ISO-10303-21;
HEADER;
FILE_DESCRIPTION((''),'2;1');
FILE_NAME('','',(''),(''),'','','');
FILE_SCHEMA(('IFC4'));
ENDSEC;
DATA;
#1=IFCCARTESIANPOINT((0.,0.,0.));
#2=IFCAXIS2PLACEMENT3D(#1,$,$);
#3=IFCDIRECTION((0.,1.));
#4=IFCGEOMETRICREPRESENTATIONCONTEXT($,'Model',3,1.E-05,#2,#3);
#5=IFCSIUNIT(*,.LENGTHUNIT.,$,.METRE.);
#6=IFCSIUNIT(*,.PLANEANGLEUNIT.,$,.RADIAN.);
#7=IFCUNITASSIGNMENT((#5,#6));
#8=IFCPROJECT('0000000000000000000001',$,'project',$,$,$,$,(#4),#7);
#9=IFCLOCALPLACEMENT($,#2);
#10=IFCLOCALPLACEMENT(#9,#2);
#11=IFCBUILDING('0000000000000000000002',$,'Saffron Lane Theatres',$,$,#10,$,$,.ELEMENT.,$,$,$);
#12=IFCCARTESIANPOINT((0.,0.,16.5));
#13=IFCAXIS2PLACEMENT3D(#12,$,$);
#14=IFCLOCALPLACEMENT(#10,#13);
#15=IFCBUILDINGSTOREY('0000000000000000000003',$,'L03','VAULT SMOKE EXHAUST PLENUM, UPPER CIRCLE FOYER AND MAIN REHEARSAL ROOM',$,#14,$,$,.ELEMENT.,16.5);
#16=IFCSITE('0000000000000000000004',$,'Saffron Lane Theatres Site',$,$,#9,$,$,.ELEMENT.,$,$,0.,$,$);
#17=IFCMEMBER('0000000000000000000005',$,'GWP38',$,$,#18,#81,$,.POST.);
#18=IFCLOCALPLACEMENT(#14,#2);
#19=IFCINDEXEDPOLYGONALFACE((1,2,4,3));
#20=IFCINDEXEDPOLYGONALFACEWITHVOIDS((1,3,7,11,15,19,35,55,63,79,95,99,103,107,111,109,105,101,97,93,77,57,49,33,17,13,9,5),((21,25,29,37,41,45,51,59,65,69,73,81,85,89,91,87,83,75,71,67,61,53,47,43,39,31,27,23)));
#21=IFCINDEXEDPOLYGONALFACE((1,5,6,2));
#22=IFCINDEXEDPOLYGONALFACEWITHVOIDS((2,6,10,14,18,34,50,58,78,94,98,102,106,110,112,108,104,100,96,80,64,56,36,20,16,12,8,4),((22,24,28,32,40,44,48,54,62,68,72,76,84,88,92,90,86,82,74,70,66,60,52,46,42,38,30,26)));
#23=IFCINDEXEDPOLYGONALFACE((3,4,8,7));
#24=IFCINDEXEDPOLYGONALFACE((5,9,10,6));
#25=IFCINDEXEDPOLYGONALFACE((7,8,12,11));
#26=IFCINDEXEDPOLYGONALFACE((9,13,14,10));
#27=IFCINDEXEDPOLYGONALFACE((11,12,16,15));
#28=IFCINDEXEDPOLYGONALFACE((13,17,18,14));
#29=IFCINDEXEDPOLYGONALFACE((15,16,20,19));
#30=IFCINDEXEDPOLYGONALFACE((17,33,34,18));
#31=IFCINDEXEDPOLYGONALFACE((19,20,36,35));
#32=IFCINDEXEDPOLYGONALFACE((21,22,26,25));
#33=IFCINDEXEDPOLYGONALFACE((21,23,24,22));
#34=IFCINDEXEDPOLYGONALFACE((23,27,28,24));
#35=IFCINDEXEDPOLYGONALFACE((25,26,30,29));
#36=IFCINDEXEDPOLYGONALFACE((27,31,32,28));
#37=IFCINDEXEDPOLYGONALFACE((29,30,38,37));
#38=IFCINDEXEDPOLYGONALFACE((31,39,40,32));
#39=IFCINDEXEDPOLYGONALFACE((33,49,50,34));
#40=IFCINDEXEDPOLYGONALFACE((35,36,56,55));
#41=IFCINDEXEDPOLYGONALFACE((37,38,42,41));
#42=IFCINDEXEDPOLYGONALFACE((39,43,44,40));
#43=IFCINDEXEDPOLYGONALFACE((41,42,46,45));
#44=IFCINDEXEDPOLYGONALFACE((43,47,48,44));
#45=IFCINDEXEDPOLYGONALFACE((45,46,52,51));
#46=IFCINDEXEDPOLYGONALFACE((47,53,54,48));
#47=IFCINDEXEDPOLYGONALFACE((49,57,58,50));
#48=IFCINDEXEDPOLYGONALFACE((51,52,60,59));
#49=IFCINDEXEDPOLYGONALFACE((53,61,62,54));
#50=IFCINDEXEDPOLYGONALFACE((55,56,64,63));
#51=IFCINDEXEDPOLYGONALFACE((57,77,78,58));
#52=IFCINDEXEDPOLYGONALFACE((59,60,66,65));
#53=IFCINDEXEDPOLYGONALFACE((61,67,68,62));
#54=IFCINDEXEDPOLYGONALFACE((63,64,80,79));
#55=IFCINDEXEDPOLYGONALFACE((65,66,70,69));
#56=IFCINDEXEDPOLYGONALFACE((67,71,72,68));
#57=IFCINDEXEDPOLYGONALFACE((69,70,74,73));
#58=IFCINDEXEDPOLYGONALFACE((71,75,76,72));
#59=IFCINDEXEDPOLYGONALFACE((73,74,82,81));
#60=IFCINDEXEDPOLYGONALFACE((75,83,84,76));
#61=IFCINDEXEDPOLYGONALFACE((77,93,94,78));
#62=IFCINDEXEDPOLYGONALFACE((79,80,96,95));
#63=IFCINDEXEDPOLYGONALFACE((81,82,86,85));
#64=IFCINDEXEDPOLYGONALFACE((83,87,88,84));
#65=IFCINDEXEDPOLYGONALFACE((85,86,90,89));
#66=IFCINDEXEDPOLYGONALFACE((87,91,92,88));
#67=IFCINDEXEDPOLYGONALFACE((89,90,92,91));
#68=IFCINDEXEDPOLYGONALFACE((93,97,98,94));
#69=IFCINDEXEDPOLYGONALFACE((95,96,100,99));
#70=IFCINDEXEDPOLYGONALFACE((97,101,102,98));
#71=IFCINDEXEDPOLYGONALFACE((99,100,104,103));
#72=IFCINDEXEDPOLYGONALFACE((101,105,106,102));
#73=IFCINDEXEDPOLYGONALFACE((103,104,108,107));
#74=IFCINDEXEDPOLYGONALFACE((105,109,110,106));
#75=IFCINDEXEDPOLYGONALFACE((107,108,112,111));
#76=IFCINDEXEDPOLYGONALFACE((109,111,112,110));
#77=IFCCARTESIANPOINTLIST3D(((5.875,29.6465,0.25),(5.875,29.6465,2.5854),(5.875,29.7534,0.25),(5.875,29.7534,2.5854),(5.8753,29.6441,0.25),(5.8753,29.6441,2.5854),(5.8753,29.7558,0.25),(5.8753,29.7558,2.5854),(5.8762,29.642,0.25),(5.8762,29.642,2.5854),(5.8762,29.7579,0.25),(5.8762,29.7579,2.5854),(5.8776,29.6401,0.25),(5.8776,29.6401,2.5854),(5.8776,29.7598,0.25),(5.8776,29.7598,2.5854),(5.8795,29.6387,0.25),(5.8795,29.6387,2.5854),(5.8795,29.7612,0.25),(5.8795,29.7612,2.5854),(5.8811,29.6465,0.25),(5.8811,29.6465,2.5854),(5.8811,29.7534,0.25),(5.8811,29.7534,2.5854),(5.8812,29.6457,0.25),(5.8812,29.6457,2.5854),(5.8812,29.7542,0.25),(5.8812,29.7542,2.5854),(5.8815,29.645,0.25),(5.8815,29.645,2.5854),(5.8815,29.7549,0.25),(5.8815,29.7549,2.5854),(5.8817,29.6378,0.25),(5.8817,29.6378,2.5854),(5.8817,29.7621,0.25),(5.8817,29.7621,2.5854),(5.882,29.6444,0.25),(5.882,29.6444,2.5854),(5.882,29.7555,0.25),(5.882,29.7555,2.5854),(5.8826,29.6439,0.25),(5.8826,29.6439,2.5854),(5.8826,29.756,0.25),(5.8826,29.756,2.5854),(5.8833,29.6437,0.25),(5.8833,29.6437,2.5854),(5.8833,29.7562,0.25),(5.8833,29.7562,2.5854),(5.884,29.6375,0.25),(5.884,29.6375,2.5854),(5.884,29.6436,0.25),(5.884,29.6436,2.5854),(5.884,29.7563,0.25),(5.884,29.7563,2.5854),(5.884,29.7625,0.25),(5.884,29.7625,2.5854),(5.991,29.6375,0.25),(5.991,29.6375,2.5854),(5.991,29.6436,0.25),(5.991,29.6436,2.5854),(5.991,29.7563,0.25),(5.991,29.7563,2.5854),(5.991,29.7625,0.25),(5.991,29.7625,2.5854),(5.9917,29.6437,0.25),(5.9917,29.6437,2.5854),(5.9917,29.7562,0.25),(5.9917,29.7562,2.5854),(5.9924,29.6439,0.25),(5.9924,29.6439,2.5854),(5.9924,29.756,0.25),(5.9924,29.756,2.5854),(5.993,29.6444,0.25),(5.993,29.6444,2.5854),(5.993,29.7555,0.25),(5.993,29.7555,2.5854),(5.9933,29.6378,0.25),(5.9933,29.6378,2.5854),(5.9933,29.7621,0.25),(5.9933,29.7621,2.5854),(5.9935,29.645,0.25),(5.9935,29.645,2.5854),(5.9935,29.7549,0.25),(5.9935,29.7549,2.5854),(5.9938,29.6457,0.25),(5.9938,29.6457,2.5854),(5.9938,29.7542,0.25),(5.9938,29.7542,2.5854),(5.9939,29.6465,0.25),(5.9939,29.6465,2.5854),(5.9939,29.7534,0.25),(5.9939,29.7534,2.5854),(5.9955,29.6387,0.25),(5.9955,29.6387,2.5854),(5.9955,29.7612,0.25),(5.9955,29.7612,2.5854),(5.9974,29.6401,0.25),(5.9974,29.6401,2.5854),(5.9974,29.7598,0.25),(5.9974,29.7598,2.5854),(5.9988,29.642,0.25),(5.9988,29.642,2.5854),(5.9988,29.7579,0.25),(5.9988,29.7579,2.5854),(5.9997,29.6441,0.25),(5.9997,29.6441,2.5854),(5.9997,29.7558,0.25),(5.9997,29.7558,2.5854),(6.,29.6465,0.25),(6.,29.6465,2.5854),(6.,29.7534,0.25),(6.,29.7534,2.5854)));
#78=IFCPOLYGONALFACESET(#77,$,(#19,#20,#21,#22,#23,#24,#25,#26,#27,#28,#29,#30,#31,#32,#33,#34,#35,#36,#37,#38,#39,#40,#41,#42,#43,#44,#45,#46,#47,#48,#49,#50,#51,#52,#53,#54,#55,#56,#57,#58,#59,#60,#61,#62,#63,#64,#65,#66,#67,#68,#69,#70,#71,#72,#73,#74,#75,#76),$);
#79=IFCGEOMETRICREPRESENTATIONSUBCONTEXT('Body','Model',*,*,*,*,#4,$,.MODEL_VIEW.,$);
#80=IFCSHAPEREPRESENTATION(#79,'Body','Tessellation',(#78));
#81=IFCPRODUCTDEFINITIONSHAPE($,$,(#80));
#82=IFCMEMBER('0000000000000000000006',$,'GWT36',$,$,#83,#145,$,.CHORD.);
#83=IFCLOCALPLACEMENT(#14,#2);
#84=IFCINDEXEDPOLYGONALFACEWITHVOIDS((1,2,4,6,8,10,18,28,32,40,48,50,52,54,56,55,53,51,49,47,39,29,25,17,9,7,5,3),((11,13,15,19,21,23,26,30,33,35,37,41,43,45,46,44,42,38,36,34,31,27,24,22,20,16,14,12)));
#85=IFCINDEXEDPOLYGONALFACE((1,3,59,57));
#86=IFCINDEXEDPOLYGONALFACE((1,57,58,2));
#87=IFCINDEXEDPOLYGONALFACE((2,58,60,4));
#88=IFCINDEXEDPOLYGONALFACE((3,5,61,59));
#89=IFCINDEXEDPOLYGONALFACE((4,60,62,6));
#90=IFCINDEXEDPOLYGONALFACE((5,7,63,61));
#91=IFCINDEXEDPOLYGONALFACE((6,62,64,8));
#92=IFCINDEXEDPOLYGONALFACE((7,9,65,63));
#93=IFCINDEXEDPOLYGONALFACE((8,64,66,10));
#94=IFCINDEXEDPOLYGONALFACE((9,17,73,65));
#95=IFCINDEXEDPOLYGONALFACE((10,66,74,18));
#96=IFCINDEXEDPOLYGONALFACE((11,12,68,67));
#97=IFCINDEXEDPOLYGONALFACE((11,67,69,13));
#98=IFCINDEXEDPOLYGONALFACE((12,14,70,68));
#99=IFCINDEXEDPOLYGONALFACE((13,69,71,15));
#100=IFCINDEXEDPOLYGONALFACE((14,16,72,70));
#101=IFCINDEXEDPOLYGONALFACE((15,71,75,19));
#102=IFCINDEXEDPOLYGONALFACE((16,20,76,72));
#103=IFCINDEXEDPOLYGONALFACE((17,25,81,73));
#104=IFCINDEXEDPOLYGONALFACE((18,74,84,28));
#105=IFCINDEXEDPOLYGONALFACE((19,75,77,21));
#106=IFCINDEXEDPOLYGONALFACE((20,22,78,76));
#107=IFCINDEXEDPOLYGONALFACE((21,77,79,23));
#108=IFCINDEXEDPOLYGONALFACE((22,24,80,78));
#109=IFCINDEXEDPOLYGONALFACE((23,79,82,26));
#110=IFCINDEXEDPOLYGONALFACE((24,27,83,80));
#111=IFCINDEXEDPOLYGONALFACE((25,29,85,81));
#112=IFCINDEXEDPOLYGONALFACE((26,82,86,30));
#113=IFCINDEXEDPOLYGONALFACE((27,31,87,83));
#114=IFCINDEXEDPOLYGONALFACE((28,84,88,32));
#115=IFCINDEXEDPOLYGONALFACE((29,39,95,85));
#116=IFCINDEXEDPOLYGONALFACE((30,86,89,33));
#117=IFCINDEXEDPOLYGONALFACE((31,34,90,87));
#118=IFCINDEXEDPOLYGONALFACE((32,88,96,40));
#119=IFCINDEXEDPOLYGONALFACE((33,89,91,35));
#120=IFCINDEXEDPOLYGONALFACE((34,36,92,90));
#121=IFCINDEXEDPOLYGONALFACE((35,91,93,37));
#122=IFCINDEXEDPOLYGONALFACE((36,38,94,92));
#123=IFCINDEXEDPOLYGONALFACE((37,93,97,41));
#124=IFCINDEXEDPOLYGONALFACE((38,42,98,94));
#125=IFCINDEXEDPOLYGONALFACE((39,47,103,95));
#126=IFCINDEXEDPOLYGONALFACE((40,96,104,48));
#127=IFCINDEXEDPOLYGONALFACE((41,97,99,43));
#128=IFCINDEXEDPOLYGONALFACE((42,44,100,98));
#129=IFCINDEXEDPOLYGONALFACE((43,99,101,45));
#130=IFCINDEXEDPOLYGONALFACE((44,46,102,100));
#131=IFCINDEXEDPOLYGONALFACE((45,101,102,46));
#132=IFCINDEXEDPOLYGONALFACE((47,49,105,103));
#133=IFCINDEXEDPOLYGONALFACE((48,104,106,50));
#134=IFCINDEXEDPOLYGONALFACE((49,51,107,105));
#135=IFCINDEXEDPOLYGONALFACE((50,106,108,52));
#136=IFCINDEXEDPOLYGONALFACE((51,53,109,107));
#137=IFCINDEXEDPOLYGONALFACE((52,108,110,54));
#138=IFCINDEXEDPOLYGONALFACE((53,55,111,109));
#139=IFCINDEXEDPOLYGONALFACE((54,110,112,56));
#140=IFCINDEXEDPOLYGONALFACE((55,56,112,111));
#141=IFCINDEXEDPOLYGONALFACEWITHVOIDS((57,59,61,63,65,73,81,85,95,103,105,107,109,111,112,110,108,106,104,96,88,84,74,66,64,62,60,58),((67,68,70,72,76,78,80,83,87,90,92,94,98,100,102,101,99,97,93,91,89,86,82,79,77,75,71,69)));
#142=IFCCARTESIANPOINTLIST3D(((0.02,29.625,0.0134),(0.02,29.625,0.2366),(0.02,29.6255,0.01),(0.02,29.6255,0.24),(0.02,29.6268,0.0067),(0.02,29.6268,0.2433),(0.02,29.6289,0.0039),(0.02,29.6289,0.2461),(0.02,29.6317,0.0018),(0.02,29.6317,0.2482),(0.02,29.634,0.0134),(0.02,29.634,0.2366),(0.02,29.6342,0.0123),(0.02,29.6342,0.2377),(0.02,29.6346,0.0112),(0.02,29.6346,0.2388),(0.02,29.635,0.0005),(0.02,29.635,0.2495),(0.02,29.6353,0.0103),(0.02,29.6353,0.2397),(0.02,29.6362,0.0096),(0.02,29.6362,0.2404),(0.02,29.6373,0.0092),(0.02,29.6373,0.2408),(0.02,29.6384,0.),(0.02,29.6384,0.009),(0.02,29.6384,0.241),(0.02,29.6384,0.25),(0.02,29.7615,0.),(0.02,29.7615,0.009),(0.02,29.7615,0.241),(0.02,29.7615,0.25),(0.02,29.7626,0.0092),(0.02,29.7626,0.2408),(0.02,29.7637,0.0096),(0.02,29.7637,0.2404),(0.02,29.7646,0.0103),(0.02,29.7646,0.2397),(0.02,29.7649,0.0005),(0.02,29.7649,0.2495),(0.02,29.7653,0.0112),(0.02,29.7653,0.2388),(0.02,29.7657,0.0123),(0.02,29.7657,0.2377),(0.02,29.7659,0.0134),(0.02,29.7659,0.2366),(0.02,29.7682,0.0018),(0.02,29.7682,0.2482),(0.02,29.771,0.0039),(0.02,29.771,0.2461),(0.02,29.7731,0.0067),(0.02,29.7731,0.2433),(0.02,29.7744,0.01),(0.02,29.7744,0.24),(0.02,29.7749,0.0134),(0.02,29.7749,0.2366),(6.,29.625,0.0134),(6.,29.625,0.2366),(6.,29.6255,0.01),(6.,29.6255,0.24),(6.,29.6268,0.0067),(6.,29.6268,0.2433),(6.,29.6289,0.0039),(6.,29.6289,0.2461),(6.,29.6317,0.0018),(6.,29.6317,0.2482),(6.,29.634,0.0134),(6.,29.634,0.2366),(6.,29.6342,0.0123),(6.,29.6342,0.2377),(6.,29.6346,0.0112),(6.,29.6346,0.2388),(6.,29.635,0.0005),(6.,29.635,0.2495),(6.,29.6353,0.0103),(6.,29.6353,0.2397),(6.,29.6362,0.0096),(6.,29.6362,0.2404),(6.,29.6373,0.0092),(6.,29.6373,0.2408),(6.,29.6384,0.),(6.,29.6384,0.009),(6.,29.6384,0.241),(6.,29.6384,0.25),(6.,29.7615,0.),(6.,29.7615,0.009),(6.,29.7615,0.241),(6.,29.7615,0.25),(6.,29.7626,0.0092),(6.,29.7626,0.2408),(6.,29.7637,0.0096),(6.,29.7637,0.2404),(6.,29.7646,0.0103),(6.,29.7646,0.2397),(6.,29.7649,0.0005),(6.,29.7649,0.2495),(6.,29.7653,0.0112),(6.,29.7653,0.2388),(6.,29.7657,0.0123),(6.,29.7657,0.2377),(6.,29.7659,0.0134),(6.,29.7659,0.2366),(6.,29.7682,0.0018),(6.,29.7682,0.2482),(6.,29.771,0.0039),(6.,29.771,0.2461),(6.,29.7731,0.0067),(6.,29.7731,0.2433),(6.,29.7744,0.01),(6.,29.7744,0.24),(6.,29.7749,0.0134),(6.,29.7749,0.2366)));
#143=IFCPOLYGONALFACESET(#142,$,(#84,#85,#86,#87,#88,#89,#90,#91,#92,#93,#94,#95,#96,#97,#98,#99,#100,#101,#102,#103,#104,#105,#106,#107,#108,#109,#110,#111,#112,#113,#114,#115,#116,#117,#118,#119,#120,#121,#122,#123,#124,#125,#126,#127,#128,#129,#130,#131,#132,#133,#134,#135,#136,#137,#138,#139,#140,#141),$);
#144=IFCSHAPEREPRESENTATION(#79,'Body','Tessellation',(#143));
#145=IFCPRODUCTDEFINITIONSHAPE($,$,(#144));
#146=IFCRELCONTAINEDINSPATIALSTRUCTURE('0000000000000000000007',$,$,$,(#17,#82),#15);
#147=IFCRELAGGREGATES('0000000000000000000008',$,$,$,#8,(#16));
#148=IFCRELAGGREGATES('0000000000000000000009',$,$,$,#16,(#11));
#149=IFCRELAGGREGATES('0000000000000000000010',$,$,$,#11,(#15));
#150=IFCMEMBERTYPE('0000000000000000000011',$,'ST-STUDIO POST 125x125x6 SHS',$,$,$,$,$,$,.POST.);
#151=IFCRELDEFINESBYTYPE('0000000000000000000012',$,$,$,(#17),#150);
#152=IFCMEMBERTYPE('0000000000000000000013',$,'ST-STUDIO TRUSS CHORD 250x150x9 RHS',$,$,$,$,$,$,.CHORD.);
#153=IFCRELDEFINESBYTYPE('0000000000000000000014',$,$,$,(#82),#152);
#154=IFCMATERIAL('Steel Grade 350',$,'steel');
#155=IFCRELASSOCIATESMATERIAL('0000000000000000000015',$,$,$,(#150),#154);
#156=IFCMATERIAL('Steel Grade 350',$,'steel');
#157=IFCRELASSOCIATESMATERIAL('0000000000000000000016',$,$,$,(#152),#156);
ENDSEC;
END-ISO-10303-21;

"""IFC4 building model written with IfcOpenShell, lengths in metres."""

from ifc_helpers import new_model, si_unit, direction, frame, origin, origin_2d, place, context, subcontext, project, spatial, hollow_rectangle, extrude, material, material_profile, profile_set, type_object, element, save


model = new_model("IFC4")

# Units and contexts
model_context = context("Model", 3, precision=1e-05, world=origin(), true_north=direction((0.0, 1.0)))
body_context = subcontext(model_context, "Body", "Model", "MODEL_VIEW")
ifc_project = project(units=[si_unit("LENGTHUNIT", "METRE"), si_unit("PLANEANGLEUNIT", "RADIAN")], contexts=[model_context])

# Site, building, storey
site_placement = place(None, origin())
site = spatial("IfcSite", under=ifc_project, at=site_placement, Name="Saffron Lane Theatres Site", CompositionType="ELEMENT", RefElevation=0.0)
building_placement = place(site_placement, origin())
building = spatial("IfcBuilding", under=site, at=building_placement, Name="Saffron Lane Theatres", CompositionType="ELEMENT")
storey_placement = place(building_placement, frame((0.0, 0.0, 16.5)))
storey = spatial("IfcBuildingStorey", under=building, at=storey_placement, Name="L03", Description="VAULT SMOKE EXHAUST PLENUM, UPPER CIRCLE FOYER AND MAIN REHEARSAL ROOM", CompositionType="ELEMENT", Elevation=16.5)

# Members
ifc_material_1 = material(Name="Steel Grade 350", Category="steel")
ifc_material_profile_1 = material_profile(ifc_material_1, hollow_rectangle(XDim=0.125, YDim=0.125, WallThickness=0.0061, InnerFilletRadius=0.0029, OuterFilletRadius=0.009, at=origin_2d()))
ifc_profile_set_1 = profile_set([ifc_material_profile_1], Name="Steel Grade 350")
member_type_1 = type_object("IfcMemberType", Name="ST-STUDIO POST 125x125x6 SHS", PredefinedType="POST", material=ifc_profile_set_1)
member_1_placement = place(storey_placement, frame((5.9375, 29.7, 0.25), z_axis=(0.0, 0.0, 1.0), x_axis=(1.0, 0.0, 0.0)))
element("IfcMember", 1, at=member_1_placement, inside=storey, type_object=member_type_1, Name="GWP38", PredefinedType="POST", context=body_context, shape_type="SweptSolid", body=[
    extrude(hollow_rectangle(XDim=0.125, YDim=0.125, WallThickness=0.0061, InnerFilletRadius=0.0029, OuterFilletRadius=0.009, at=origin_2d()), origin(), (0.0, 0.0, 1.0), 2.3354),
])
ifc_material_2 = material(Name="Steel Grade 350", Category="steel")
ifc_material_profile_2 = material_profile(ifc_material_2, hollow_rectangle(XDim=0.1499, YDim=0.25, WallThickness=0.009, InnerFilletRadius=0.0044, OuterFilletRadius=0.0134, at=origin_2d()))
ifc_profile_set_2 = profile_set([ifc_material_profile_2], Name="Steel Grade 350")
member_type_2 = type_object("IfcMemberType", Name="ST-STUDIO TRUSS CHORD 250x150x9 RHS", PredefinedType="CHORD", material=ifc_profile_set_2)
member_2_placement = place(storey_placement, frame((0.02, 29.7, 0.125), z_axis=(1.0, 0.0, 0.0), x_axis=(0.0, 1.0, 0.0)))
element("IfcMember", 2, at=member_2_placement, inside=storey, type_object=member_type_2, Name="GWT36", PredefinedType="CHORD", context=body_context, shape_type="SweptSolid", body=[
    extrude(hollow_rectangle(XDim=0.1499, YDim=0.25, WallThickness=0.009, InnerFilletRadius=0.0044, OuterFilletRadius=0.0134, at=origin_2d()), origin(), (0.0, 0.0, 1.0), 5.98),
])

save(model, "model.ifc")
